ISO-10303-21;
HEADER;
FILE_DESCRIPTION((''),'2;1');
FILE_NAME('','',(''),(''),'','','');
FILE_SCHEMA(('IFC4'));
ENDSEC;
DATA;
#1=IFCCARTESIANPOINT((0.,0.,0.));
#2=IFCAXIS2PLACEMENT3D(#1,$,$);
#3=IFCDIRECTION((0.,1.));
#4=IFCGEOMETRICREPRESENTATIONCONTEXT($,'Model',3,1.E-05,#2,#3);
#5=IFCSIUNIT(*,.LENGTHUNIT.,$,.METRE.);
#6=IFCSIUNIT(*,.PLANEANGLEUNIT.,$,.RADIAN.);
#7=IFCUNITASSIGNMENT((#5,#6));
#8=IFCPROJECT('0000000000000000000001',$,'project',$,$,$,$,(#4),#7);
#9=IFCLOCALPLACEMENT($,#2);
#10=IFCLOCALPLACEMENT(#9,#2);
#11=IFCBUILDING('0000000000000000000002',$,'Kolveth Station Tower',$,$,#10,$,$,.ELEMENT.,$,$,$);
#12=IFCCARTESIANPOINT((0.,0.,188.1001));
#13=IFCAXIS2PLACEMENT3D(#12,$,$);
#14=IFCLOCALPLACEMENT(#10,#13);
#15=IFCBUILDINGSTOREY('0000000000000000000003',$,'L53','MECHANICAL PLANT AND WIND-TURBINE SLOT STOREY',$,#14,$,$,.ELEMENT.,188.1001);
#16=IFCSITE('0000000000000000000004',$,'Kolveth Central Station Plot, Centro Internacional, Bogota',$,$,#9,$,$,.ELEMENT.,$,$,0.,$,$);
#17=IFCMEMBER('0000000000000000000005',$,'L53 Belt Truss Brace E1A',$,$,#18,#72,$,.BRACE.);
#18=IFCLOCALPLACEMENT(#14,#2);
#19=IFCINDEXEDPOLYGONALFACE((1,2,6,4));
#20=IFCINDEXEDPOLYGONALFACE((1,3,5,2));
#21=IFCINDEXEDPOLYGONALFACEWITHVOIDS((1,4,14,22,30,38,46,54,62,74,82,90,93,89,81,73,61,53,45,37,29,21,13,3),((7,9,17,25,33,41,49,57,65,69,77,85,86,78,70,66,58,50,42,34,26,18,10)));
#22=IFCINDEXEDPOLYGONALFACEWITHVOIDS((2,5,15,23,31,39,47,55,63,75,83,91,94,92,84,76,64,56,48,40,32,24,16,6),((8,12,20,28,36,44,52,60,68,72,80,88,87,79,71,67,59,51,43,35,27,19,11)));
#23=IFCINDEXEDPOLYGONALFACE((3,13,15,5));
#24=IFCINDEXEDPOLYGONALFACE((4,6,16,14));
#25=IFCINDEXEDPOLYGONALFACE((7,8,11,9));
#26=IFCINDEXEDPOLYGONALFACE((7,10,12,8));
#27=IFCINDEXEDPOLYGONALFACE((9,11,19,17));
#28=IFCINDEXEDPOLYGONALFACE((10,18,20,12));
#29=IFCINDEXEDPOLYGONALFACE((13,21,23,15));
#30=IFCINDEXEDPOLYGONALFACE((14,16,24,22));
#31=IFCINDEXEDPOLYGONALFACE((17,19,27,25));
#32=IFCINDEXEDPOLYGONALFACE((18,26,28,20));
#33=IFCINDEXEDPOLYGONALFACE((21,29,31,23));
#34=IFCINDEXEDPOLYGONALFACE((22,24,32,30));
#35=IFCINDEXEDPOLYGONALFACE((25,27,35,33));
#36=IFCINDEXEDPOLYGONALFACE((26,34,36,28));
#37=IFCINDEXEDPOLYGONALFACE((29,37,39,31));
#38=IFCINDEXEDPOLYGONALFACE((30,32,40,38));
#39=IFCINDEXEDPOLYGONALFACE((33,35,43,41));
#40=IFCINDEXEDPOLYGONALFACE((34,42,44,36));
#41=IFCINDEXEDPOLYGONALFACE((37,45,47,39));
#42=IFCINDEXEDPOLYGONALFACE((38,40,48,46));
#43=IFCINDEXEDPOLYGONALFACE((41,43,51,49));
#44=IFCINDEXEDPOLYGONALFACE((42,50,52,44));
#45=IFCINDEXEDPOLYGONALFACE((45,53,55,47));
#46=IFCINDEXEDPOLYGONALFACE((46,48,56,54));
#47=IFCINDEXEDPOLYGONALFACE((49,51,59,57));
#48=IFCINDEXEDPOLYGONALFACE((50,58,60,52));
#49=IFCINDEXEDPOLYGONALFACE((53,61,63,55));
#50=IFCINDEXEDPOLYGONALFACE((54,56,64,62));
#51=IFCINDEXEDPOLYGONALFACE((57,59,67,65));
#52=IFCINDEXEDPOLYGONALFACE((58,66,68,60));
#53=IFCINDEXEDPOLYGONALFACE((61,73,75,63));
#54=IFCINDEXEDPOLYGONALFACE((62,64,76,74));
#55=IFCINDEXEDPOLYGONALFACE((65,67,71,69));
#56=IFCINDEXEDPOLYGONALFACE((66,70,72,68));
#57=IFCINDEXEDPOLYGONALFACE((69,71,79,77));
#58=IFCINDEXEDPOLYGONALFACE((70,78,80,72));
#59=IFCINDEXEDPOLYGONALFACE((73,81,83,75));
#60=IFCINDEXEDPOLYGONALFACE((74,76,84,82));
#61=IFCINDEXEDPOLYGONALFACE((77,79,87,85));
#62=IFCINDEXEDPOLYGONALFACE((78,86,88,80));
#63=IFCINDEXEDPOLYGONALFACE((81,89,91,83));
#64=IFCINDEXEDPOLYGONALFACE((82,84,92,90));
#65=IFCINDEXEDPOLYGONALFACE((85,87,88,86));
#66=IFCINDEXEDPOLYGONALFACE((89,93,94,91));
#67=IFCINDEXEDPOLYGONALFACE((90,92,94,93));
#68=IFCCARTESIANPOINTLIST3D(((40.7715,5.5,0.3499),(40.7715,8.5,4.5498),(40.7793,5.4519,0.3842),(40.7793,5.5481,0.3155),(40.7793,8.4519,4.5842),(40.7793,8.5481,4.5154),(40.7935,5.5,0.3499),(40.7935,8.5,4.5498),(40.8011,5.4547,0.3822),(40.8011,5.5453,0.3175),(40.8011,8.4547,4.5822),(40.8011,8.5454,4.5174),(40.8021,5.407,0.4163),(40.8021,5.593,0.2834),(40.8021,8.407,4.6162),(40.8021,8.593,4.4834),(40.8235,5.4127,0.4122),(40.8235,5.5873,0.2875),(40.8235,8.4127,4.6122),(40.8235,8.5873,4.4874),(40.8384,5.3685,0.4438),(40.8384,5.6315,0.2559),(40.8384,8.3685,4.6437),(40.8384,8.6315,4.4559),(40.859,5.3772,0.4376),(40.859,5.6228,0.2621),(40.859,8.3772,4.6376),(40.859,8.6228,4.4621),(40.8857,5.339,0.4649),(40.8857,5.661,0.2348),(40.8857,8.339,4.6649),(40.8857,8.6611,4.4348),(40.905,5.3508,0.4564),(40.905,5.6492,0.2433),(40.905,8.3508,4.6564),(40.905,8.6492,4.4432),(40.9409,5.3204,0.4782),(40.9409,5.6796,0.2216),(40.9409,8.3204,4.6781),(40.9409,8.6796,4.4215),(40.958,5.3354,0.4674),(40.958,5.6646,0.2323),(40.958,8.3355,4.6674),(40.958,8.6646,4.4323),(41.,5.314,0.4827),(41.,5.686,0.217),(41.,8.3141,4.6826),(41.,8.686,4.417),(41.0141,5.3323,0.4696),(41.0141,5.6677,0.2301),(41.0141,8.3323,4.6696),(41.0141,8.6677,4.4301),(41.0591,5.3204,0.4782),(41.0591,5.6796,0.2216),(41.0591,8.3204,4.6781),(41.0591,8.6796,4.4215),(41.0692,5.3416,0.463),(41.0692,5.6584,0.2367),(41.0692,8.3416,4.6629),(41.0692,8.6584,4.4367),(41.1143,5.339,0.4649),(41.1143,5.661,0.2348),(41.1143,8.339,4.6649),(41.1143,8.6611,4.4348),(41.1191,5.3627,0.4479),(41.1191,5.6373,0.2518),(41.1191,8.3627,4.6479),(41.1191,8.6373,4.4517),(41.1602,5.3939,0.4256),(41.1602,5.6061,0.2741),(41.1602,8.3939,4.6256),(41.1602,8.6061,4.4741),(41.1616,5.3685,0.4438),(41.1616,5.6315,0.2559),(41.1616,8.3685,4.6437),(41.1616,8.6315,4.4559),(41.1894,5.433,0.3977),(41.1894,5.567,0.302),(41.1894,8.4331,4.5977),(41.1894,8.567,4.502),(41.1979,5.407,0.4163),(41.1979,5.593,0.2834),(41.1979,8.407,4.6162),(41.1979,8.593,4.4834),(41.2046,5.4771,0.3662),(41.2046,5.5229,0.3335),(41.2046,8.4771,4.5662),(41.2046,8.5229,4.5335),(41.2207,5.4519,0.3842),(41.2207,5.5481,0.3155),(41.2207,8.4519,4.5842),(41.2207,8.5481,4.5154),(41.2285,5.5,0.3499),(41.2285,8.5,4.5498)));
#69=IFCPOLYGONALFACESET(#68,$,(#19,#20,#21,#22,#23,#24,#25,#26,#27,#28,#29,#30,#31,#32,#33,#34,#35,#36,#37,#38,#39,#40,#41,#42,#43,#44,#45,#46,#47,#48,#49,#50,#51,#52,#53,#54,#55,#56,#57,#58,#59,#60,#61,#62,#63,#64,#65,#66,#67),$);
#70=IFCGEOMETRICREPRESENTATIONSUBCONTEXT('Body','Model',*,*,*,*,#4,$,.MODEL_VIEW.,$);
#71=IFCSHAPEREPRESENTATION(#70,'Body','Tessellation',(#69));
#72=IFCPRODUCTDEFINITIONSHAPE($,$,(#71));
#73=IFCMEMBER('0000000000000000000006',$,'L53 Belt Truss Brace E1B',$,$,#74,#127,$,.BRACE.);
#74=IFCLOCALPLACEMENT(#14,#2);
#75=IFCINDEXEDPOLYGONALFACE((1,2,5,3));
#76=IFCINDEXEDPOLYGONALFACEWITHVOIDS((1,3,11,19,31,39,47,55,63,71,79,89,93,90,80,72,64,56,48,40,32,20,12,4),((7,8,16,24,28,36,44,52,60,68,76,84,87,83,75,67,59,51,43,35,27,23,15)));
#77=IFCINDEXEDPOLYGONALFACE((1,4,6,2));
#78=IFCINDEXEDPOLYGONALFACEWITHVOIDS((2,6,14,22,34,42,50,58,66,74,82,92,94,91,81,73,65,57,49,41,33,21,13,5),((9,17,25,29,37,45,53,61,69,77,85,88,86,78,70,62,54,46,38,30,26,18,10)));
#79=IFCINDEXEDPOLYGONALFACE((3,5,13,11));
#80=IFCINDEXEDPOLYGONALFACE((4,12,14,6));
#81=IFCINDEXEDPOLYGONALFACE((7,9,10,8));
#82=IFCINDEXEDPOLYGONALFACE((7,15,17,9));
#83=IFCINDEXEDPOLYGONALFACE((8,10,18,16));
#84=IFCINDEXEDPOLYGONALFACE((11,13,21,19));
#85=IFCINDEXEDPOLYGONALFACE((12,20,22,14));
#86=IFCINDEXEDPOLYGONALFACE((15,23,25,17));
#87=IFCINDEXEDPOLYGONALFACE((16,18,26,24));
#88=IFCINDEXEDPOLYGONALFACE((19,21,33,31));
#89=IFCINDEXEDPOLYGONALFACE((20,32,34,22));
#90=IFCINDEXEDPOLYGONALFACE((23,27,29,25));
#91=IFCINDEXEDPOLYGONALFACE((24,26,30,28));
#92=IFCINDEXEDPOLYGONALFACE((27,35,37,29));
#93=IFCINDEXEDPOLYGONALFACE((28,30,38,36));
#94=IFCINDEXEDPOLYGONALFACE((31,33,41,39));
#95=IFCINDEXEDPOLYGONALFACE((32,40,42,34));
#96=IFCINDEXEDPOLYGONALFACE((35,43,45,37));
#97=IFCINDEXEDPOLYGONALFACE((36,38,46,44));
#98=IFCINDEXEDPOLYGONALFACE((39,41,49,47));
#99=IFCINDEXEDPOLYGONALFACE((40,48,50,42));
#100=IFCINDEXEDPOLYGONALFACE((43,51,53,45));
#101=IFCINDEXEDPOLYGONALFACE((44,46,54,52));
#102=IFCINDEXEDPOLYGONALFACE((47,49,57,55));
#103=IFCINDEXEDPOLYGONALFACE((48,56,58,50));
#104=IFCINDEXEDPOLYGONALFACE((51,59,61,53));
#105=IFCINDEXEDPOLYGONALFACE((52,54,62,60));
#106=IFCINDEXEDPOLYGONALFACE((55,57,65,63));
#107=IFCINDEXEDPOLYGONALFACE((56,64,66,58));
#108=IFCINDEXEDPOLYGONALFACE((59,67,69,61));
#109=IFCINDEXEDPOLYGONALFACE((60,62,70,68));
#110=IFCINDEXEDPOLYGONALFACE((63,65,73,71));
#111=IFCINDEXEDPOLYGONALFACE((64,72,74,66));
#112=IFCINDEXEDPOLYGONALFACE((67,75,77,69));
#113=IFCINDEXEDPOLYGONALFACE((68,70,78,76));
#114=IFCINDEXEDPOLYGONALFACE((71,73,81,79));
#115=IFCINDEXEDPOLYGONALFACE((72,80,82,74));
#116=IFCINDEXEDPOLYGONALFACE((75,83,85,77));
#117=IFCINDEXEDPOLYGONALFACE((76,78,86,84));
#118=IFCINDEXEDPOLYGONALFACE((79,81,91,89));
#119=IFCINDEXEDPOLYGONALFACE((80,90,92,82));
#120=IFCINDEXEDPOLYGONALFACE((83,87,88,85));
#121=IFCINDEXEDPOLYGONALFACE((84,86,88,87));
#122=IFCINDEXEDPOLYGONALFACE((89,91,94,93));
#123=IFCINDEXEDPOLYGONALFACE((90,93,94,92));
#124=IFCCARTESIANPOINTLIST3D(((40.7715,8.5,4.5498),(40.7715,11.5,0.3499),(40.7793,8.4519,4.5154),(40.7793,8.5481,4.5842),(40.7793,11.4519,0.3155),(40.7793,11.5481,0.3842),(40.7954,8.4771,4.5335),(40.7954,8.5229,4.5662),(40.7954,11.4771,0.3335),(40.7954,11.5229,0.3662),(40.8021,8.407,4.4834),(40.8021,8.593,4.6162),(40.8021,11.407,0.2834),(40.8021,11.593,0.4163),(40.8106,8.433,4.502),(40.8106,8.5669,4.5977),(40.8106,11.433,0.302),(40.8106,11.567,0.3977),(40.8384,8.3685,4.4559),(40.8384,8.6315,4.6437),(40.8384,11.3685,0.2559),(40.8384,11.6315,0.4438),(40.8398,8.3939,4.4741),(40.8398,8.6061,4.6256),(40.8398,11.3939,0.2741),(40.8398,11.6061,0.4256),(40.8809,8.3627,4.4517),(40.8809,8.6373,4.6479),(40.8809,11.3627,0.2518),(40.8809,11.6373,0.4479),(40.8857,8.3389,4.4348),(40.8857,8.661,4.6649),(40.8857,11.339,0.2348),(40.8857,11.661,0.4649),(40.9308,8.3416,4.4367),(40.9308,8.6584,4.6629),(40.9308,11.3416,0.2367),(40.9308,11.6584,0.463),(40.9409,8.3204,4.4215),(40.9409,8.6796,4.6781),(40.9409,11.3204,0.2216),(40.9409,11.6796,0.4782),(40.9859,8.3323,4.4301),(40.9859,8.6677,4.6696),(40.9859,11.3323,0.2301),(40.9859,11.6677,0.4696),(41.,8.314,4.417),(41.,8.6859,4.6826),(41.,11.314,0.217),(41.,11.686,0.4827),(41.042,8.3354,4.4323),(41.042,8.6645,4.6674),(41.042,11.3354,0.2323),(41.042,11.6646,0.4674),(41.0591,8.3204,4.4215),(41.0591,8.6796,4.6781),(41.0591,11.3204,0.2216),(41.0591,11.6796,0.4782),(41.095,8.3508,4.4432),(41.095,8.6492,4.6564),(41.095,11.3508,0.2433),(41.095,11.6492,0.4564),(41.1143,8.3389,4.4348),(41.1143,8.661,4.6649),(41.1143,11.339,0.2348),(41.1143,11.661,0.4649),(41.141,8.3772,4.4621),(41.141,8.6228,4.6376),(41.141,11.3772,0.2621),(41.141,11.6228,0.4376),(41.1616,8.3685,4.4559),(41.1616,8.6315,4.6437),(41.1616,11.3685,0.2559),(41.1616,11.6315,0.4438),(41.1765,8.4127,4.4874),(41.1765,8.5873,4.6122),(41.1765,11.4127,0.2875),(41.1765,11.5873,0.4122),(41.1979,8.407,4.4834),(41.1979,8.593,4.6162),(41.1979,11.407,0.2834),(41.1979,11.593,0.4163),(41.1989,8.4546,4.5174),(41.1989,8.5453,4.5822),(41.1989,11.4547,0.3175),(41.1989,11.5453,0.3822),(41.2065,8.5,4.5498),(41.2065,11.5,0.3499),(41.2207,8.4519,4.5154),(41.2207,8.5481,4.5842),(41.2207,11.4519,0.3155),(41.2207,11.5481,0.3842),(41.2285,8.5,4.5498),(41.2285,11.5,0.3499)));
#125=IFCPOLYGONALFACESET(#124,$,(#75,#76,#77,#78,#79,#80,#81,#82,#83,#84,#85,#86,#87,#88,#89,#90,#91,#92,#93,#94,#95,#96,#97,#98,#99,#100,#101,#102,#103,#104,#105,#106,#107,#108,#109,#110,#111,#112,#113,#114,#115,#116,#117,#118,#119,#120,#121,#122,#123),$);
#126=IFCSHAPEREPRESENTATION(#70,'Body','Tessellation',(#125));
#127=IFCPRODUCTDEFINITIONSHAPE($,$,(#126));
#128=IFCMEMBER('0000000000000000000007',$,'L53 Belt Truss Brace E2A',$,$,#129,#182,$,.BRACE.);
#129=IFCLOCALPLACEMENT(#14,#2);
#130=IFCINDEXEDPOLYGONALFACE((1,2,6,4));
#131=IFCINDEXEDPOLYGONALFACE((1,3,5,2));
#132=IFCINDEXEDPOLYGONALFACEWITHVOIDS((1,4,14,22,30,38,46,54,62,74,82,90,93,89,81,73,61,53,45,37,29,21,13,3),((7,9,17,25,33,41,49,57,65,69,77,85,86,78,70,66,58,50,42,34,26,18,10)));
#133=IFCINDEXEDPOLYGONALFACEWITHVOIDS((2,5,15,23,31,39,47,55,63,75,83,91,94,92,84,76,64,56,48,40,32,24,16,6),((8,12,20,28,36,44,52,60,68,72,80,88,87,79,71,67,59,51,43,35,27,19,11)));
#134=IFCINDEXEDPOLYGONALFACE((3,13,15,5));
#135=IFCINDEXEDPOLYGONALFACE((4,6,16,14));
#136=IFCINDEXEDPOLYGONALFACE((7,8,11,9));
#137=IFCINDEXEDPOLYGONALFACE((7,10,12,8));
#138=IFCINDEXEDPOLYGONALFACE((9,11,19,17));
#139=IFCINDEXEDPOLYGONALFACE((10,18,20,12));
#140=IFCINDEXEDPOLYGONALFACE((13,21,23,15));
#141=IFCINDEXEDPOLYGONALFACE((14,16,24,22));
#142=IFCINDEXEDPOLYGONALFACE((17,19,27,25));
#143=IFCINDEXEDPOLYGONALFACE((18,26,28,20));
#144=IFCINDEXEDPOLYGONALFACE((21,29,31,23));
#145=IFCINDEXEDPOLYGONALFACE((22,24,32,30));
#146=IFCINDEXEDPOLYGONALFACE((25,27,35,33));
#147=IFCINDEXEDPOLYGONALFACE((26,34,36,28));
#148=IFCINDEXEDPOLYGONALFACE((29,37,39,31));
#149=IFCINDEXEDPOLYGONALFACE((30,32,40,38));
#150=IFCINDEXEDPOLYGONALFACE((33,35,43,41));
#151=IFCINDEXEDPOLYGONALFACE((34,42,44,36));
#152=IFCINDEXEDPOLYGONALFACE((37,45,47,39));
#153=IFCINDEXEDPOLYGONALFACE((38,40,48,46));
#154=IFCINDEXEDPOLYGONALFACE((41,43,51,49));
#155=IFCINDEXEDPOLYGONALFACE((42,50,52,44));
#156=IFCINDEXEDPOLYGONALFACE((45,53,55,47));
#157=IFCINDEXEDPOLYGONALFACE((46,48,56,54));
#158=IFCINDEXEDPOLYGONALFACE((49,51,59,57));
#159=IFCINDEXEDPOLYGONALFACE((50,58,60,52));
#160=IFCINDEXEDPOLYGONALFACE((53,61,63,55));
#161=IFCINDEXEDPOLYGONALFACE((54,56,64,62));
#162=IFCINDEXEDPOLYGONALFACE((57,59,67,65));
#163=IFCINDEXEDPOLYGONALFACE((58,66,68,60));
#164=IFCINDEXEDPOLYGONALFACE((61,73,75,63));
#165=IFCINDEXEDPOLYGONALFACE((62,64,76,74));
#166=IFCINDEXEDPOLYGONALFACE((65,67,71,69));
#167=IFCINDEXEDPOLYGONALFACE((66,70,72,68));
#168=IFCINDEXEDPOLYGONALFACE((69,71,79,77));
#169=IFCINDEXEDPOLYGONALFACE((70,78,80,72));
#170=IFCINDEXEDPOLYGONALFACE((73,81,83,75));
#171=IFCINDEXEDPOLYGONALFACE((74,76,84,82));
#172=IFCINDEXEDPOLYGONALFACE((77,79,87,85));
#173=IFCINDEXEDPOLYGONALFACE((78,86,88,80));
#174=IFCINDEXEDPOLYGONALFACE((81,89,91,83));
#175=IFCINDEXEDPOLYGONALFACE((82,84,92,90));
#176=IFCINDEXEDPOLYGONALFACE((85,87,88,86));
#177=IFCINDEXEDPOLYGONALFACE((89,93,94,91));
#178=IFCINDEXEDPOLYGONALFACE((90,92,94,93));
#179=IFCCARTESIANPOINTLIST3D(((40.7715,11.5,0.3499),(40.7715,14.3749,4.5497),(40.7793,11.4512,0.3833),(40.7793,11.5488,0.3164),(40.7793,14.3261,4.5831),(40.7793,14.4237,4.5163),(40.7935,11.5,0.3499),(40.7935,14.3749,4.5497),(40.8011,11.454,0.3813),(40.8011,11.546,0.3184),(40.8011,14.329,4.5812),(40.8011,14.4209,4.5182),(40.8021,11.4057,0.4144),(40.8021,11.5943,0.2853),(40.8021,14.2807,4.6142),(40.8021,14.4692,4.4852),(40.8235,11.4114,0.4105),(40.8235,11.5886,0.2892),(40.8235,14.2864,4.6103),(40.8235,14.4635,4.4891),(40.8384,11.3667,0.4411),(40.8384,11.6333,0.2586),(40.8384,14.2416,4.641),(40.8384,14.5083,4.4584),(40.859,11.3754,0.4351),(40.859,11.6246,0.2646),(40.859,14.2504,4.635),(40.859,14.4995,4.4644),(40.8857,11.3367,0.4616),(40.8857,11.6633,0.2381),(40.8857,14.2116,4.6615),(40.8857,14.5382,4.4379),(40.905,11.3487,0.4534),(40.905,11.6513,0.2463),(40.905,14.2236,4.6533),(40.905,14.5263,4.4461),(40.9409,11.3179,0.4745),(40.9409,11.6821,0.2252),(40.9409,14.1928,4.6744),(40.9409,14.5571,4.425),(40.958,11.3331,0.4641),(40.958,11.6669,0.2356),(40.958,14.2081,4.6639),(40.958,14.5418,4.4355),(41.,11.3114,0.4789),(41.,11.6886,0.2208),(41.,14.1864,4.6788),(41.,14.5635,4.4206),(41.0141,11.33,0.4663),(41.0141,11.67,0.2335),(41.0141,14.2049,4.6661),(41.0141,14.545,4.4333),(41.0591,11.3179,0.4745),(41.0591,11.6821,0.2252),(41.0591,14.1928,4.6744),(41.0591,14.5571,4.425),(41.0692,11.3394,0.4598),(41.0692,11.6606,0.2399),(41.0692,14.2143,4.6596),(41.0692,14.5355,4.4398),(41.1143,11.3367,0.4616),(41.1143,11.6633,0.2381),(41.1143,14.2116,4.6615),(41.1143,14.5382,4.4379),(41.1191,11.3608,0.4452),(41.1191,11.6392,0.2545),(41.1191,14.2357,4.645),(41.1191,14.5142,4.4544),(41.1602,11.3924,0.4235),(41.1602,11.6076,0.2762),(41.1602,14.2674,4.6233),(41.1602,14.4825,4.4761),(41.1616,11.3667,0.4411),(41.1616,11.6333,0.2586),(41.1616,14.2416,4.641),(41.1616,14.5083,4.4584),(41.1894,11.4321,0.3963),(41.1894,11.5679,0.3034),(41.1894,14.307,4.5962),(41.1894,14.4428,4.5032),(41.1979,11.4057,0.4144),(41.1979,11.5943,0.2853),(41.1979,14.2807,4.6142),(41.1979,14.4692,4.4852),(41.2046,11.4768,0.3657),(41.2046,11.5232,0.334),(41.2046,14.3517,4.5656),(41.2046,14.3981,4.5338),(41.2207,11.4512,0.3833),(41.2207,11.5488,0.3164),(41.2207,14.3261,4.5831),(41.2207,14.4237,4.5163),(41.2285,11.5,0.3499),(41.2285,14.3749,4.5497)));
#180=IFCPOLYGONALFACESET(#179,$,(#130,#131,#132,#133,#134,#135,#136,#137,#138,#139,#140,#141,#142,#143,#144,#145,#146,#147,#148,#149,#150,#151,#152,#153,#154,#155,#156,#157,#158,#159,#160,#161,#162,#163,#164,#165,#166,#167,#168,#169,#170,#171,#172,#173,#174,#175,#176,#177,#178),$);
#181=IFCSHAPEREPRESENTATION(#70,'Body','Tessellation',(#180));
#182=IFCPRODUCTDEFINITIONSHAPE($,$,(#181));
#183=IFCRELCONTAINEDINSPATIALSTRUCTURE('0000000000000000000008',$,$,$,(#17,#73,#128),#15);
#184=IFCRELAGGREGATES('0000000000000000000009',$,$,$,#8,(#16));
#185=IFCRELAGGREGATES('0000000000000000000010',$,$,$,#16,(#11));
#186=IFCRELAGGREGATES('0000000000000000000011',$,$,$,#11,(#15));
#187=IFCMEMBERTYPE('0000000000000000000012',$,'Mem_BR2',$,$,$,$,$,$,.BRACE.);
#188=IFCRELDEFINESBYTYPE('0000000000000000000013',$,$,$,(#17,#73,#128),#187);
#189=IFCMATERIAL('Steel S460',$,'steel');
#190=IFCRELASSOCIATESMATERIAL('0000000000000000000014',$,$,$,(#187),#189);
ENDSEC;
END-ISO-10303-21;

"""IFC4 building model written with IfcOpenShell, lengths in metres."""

from ifc_helpers import new_model, si_unit, direction, frame, origin, origin_2d, place, context, subcontext, project, spatial, hollow_circle, extrude, source, transform, mapped, material, material_profile, profile_set, type_object, element, save


model = new_model("IFC4")

# Units and contexts
model_context = context("Model", 3, precision=1e-05, world=origin(), true_north=direction((0.0, 1.0)))
body_context = subcontext(model_context, "Body", "Model", "MODEL_VIEW")
ifc_project = project(units=[si_unit("LENGTHUNIT", "METRE"), si_unit("PLANEANGLEUNIT", "RADIAN")], contexts=[model_context])

# Site, building, storey
site_placement = place(None, origin())
site = spatial("IfcSite", under=ifc_project, at=site_placement, Name="Kolveth Central Station Plot, Centro Internacional, Bogota", CompositionType="ELEMENT", RefElevation=0.0)
building_placement = place(site_placement, origin())
building = spatial("IfcBuilding", under=site, at=building_placement, Name="Kolveth Station Tower", CompositionType="ELEMENT")
storey_placement = place(building_placement, frame((0.0, 0.0, 188.1001)))
storey = spatial("IfcBuildingStorey", under=building, at=storey_placement, Name="L53", Description="MECHANICAL PLANT AND WIND-TURBINE SLOT STOREY", CompositionType="ELEMENT", Elevation=188.1001)

# Members
ifc_material_1 = material(Name="Steel S460", Category="steel")
ifc_material_profile_1 = material_profile(ifc_material_1, hollow_circle(Radius=0.2285, WallThickness=0.022, at=origin_2d()), Name="CHS457x22")
ifc_profile_set_1 = profile_set([ifc_material_profile_1], Name="Steel S460")
member_type_1 = type_object("IfcMemberType", Name="Mem_BR2", PredefinedType="BRACE", material=ifc_profile_set_1)
shared_shape_1 = source(origin(), body_context, "Body", "SweptSolid", [
    extrude(hollow_circle(Radius=0.2285, WallThickness=0.022, at=origin_2d()), origin(), (0.0, 0.0, 1.0), 5.1614),
])
for number, where, z_axis, x_axis, name in (
    (1, (41.0, 5.5, 0.3499), (0.0, 0.581243, 0.81373), (-1.0, 0.0, 0.0), "L53 Belt Truss Brace E1A"),
    (2, (41.0, 11.5, 0.3499), (0.0, -0.581243, 0.81373), (1.0, 0.0, 0.0), "L53 Belt Truss Brace E1B"),
):
    element("IfcMember", number, at=place(storey_placement, frame(where, z_axis=z_axis, x_axis=x_axis)), inside=storey, type_object=member_type_1, Name=name, PredefinedType="BRACE", context=body_context, shape_type="MappedRepresentation", body=[
        mapped(shared_shape_1, transform((0.0, 0.0, 0.0), x_axis=(1.0, 0.0, 0.0), y_axis=(0.0, 1.0, 0.0), z_axis=(0.0, 0.0, 1.0), scale=1.0)),
    ])
shared_shape_2 = source(origin(), body_context, "Body", "SweptSolid", [
    extrude(hollow_circle(Radius=0.2285, WallThickness=0.022, at=origin_2d()), origin(), (0.0, 0.0, 1.0), 5.0896),
])
for number, where, z_axis, x_axis, name in (
    (3, (41.0, 11.5, 0.3499), (0.0, 0.564864, 0.825184), (-1.0, 0.0, 0.0), "L53 Belt Truss Brace E2A"),
):
    element("IfcMember", number, at=place(storey_placement, frame(where, z_axis=z_axis, x_axis=x_axis)), inside=storey, type_object=member_type_1, Name=name, PredefinedType="BRACE", context=body_context, shape_type="MappedRepresentation", body=[
        mapped(shared_shape_2, transform((0.0, 0.0, 0.0), x_axis=(1.0, 0.0, 0.0), y_axis=(0.0, 1.0, 0.0), z_axis=(0.0, 0.0, 1.0), scale=1.0)),
    ])

save(model, "model.ifc")
